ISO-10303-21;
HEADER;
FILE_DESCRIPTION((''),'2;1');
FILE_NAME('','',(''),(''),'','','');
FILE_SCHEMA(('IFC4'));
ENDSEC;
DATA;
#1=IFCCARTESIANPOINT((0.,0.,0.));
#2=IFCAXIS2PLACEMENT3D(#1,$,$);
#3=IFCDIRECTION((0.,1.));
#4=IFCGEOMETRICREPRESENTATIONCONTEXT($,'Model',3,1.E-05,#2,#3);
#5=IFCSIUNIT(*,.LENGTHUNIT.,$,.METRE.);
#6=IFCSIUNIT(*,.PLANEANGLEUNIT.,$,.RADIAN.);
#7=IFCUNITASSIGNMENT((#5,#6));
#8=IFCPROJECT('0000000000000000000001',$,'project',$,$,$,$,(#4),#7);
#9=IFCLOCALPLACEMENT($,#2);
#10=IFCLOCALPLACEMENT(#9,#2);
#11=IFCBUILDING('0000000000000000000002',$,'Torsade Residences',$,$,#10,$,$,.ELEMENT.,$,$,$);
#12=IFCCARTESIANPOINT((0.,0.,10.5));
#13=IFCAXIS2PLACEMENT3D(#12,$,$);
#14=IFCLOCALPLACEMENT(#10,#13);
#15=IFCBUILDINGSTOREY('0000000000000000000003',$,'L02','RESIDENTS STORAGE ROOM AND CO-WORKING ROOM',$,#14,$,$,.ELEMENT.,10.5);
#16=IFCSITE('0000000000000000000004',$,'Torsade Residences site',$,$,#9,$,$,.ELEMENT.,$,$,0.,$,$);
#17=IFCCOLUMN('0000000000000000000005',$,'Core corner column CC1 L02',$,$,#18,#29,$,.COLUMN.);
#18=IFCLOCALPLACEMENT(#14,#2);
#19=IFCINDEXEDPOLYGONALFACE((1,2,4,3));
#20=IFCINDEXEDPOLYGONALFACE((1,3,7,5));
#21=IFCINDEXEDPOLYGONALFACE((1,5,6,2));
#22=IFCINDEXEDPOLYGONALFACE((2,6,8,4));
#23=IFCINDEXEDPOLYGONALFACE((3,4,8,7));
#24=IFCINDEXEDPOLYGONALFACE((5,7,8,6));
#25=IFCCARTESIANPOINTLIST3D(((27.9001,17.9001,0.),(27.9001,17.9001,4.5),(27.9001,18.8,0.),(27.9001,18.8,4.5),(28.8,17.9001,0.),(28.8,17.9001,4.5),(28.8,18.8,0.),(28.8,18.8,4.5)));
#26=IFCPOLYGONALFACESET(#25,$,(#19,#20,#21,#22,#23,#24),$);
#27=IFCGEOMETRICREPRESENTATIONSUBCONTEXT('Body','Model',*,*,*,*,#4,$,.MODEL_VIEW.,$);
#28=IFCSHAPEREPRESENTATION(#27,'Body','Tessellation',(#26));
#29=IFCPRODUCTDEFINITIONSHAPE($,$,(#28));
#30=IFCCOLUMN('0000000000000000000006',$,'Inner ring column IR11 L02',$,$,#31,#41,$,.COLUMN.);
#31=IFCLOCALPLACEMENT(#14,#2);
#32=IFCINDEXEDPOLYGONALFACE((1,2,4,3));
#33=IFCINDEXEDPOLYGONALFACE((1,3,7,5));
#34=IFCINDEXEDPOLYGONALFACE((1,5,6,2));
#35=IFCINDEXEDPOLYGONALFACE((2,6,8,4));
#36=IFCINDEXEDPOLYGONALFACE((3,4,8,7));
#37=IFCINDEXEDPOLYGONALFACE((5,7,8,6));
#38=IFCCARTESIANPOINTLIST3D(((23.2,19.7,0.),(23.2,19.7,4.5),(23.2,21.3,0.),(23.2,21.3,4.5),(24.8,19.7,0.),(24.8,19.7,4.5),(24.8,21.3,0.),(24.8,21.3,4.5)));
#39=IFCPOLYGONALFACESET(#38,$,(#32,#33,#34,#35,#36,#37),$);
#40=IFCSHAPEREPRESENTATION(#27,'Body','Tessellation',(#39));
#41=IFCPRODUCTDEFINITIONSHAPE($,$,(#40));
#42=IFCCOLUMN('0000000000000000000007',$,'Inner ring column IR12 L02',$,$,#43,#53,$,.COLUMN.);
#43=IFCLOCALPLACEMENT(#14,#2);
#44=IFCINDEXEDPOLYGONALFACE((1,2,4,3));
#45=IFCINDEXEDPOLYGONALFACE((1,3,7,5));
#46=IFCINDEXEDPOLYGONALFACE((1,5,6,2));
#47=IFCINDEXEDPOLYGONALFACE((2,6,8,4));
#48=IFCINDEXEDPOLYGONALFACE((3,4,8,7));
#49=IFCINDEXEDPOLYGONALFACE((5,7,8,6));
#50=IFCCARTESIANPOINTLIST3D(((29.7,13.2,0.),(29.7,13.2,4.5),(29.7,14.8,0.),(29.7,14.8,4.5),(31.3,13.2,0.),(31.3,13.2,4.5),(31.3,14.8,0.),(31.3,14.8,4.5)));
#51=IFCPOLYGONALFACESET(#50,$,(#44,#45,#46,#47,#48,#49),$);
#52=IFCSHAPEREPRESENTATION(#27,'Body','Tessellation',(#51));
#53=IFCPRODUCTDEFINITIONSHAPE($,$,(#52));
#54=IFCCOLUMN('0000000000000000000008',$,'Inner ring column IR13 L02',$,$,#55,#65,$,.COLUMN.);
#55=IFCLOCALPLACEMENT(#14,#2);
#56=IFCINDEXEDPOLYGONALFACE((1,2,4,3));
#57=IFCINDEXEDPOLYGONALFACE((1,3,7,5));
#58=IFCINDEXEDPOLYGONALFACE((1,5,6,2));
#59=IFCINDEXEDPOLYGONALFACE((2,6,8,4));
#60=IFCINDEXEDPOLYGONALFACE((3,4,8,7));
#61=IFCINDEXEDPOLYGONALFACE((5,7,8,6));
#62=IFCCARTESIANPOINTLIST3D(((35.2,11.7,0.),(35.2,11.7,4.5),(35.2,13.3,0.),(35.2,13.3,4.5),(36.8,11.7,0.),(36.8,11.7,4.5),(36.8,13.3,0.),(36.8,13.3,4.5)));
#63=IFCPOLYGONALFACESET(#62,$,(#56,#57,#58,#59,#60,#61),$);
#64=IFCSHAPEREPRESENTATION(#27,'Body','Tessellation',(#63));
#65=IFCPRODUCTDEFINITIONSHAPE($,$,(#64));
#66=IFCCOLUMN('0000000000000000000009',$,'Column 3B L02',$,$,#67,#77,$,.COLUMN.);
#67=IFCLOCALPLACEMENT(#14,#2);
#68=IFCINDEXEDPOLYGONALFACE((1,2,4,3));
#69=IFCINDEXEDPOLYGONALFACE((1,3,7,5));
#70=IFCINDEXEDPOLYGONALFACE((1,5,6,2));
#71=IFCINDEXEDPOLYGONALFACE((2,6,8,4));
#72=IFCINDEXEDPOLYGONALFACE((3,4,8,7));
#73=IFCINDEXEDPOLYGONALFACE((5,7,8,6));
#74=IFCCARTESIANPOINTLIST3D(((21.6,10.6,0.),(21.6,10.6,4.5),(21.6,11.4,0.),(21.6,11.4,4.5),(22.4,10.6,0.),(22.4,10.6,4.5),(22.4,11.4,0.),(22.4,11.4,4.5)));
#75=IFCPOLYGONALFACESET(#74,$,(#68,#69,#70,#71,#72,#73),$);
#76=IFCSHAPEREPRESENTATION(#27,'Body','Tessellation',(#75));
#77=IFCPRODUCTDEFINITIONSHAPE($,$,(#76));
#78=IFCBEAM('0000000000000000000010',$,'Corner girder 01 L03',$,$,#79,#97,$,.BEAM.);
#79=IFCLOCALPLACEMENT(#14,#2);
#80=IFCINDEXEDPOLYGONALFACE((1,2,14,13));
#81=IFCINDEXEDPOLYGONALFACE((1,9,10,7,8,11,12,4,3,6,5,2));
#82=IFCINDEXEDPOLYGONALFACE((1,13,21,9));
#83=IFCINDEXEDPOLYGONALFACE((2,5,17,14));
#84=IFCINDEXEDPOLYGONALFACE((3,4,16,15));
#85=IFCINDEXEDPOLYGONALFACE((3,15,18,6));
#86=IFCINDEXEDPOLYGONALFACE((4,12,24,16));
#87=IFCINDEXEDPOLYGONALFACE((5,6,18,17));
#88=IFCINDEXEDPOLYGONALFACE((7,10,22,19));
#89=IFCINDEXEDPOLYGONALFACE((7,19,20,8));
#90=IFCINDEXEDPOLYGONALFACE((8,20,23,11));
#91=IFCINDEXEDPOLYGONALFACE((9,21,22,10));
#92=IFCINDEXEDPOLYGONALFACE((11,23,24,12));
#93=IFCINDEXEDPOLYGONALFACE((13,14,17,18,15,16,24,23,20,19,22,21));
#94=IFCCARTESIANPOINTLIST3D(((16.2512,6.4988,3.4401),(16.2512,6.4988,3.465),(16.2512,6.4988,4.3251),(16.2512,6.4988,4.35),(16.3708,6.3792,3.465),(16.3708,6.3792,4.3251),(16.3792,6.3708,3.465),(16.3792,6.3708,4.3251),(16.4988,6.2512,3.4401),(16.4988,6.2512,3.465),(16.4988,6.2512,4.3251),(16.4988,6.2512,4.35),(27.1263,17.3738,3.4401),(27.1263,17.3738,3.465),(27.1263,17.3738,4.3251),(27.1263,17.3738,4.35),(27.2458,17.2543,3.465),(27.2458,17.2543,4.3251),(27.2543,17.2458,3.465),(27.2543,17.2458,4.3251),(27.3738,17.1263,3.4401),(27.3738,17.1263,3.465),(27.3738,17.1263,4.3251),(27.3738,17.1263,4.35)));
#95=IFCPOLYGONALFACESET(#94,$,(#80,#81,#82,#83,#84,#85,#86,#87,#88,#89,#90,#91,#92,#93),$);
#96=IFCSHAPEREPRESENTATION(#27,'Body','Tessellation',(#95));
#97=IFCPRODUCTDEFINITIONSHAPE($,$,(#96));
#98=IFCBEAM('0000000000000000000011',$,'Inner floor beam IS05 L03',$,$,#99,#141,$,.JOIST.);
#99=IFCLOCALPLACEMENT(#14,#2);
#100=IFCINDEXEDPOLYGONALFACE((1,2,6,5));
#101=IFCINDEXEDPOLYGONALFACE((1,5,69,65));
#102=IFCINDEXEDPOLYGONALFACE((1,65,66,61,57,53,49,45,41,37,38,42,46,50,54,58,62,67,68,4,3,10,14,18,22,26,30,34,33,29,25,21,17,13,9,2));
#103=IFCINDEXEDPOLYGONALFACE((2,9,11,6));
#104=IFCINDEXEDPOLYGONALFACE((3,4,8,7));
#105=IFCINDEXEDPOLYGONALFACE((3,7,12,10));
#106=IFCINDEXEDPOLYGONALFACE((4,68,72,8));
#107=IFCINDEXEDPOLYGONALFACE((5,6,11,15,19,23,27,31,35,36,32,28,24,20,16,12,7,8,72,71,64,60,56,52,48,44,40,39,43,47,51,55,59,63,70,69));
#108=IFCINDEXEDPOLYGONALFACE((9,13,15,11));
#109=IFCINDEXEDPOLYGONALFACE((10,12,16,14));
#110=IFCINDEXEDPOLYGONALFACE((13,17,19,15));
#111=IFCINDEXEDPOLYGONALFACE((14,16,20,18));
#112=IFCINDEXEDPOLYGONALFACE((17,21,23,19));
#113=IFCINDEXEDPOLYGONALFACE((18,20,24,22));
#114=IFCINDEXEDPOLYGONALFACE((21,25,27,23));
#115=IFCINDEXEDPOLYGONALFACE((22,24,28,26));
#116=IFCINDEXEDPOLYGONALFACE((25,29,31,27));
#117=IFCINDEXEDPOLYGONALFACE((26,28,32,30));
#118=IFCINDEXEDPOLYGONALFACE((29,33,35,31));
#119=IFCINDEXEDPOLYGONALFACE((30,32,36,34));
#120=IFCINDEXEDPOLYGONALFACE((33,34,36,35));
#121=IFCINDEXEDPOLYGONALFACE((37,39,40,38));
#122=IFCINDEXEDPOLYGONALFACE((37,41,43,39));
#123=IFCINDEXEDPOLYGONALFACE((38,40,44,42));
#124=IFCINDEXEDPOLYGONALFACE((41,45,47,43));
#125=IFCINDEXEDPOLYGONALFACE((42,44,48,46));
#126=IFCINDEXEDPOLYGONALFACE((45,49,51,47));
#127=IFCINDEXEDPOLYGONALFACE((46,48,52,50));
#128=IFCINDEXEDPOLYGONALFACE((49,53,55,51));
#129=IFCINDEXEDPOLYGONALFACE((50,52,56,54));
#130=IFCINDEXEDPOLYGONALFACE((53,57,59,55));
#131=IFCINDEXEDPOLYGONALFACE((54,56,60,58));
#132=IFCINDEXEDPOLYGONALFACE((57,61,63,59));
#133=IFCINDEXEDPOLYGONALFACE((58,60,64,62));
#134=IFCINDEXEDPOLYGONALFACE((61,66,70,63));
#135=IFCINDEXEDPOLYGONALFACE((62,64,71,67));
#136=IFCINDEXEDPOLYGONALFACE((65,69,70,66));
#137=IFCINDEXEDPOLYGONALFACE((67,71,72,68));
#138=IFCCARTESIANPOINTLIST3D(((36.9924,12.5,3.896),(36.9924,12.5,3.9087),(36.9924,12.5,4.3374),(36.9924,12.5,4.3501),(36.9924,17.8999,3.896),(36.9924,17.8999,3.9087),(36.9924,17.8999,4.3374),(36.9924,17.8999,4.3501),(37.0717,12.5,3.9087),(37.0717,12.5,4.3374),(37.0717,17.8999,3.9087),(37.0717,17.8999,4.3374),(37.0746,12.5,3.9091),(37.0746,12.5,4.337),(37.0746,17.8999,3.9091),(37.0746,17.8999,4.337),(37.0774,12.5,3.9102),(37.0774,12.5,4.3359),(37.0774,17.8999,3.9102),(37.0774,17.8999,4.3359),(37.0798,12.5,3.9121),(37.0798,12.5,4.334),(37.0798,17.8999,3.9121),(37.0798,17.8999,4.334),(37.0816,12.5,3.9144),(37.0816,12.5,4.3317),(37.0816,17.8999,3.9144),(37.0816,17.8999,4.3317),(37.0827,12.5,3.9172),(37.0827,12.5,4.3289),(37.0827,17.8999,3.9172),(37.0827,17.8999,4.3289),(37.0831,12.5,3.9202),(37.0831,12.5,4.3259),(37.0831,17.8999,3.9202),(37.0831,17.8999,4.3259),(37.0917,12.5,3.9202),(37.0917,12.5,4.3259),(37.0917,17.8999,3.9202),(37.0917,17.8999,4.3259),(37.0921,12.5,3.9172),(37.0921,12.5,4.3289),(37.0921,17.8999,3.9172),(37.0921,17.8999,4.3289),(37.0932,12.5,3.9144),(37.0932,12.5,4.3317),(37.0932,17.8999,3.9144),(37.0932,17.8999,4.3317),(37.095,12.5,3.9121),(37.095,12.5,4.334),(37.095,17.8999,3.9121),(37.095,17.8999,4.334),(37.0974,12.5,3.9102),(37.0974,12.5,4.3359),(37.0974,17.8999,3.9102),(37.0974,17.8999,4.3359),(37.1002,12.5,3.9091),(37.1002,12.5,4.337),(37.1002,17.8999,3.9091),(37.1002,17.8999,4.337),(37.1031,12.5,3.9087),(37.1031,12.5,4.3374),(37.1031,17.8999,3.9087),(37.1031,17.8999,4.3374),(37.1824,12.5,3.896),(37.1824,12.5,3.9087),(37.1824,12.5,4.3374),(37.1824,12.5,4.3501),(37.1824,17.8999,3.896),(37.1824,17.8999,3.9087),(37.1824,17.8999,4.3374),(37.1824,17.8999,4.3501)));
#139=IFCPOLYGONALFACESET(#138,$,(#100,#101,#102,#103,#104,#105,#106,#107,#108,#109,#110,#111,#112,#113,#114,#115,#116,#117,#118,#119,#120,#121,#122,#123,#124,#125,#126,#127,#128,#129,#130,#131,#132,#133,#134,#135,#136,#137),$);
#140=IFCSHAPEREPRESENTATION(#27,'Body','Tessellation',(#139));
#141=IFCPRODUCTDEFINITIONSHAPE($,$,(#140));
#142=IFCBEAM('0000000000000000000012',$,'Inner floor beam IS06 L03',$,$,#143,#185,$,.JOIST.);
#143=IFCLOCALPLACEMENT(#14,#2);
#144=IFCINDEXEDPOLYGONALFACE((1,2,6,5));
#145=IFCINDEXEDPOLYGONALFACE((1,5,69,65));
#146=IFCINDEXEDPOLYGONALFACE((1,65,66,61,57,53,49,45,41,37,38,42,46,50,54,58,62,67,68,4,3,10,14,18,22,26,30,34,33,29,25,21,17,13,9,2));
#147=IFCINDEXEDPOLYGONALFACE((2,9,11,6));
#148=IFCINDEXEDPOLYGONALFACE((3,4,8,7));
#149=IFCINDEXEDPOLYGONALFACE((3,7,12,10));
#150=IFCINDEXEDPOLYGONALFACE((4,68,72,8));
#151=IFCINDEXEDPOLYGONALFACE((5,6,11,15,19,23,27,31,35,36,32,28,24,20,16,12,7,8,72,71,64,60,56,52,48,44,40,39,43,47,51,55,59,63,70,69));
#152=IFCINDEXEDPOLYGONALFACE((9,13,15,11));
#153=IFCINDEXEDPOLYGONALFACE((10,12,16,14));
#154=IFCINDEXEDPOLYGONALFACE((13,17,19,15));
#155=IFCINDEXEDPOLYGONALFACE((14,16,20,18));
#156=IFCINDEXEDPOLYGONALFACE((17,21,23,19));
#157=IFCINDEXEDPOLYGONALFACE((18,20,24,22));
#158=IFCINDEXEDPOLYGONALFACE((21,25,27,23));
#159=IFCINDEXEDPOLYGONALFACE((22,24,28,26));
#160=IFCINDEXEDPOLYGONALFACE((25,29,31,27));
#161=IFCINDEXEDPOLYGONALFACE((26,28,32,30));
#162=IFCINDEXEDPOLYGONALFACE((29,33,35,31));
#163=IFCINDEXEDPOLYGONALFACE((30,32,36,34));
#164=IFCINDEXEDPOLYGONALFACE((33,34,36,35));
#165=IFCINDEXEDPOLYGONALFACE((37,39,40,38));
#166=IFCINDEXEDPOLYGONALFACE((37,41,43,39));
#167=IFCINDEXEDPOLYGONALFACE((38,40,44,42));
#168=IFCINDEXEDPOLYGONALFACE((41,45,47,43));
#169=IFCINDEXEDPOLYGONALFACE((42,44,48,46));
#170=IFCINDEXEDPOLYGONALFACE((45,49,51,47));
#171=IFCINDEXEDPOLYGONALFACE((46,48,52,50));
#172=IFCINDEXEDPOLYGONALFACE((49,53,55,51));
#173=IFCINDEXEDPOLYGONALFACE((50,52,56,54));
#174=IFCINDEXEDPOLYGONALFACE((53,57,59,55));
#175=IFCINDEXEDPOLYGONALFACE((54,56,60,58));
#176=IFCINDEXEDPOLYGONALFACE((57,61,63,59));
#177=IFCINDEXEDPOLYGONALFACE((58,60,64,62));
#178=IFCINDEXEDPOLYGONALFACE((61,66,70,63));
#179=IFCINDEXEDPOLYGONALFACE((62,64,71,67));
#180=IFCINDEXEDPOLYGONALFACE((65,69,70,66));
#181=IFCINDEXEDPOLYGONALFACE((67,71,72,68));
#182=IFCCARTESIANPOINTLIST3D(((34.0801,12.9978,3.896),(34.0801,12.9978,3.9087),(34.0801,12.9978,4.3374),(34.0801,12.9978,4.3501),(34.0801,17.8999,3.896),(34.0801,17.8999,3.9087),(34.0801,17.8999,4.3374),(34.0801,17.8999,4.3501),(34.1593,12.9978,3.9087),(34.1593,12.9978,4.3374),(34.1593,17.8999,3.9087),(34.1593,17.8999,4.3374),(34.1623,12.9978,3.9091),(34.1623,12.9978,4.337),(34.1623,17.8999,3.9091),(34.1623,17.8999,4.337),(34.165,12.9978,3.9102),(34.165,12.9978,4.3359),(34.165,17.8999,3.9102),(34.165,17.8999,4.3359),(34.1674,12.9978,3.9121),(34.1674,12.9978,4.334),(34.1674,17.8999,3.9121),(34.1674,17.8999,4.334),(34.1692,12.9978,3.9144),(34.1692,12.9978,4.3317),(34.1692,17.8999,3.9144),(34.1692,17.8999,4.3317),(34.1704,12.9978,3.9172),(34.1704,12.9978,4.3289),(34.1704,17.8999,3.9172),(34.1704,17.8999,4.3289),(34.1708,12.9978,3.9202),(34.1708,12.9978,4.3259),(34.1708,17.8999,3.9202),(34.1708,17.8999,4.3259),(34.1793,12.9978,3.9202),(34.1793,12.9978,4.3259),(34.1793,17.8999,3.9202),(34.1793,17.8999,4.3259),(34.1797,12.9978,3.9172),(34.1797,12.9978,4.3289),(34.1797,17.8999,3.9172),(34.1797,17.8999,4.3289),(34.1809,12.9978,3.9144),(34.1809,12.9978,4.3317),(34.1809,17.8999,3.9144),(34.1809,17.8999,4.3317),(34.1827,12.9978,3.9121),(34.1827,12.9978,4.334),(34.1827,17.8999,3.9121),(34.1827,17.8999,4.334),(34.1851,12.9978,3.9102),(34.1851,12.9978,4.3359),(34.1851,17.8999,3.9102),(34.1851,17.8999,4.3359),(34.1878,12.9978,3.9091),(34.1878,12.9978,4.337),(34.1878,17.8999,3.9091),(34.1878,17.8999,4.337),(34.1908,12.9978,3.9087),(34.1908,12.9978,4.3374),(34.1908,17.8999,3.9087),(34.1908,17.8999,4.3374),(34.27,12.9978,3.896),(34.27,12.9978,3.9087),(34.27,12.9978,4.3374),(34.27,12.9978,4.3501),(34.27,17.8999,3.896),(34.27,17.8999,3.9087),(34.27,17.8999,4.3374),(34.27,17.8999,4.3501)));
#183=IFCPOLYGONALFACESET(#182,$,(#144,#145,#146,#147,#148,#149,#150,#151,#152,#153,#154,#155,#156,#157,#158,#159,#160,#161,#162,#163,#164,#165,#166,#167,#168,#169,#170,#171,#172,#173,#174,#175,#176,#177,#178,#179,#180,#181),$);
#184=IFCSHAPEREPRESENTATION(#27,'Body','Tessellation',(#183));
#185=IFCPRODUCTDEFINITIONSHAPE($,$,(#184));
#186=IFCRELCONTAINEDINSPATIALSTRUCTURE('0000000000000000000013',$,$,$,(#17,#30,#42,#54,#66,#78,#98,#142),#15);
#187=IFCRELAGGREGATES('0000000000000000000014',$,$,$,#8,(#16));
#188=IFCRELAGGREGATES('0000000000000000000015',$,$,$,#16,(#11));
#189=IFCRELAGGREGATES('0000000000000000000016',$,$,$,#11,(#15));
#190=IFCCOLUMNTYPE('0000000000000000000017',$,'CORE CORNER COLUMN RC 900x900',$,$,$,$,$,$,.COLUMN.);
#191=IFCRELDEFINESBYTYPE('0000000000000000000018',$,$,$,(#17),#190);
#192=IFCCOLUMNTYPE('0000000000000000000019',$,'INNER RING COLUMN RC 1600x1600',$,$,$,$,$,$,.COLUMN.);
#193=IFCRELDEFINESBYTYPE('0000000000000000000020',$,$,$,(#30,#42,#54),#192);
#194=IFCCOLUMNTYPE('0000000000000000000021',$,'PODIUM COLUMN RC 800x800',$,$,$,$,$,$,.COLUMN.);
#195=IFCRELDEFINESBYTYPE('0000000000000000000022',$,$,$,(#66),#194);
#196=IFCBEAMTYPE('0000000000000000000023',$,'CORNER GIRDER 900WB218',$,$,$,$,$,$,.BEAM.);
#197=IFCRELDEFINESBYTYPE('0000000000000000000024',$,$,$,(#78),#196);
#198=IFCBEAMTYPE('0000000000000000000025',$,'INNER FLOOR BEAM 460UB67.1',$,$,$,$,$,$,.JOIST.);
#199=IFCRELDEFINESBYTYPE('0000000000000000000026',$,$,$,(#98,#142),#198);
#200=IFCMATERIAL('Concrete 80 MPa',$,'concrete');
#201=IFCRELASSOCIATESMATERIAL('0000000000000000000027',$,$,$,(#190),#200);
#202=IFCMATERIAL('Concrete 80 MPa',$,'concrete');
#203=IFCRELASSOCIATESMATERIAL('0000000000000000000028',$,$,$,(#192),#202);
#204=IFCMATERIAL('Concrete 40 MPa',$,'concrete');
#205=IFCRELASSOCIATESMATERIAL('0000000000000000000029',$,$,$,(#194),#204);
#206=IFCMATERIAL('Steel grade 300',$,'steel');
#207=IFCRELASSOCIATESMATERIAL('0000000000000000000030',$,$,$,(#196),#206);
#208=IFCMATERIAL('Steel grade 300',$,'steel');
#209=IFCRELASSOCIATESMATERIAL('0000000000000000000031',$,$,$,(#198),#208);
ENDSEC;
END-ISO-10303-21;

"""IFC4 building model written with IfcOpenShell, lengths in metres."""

from ifc_helpers import new_model, si_unit, direction, frame, origin, origin_2d, place, context, subcontext, project, spatial, rectangle, i_section, extrude, material, material_profile, profile_set, type_object, element, save


model = new_model("IFC4")

# Units and contexts
model_context = context("Model", 3, precision=1e-05, world=origin(), true_north=direction((0.0, 1.0)))
body_context = subcontext(model_context, "Body", "Model", "MODEL_VIEW")
ifc_project = project(units=[si_unit("LENGTHUNIT", "METRE"), si_unit("PLANEANGLEUNIT", "RADIAN")], contexts=[model_context])

# Site, building, storey
site_placement = place(None, origin())
site = spatial("IfcSite", under=ifc_project, at=site_placement, Name="Torsade Residences site", CompositionType="ELEMENT", RefElevation=0.0)
building_placement = place(site_placement, origin())
building = spatial("IfcBuilding", under=site, at=building_placement, Name="Torsade Residences", CompositionType="ELEMENT")
storey_placement = place(building_placement, frame((0.0, 0.0, 10.5)))
storey = spatial("IfcBuildingStorey", under=building, at=storey_placement, Name="L02", Description="RESIDENTS STORAGE ROOM AND CO-WORKING ROOM", CompositionType="ELEMENT", Elevation=10.5)

# Columns
ifc_material_1 = material(Name="Concrete 80 MPa", Category="concrete")
ifc_material_profile_1 = material_profile(ifc_material_1, rectangle(XDim=0.8999, YDim=0.8999, at=origin_2d()), Name="RC 900x900")
ifc_profile_set_1 = profile_set([ifc_material_profile_1], Name="Concrete 80 MPa")
column_type_1 = type_object("IfcColumnType", Name="CORE CORNER COLUMN RC 900x900", PredefinedType="COLUMN", material=ifc_profile_set_1)
column_1_placement = place(storey_placement, frame((28.3501, 18.3501, 0.0), z_axis=(0.0, 0.0, 1.0), x_axis=(1.0, 0.0, 0.0)))
element("IfcColumn", 1, at=column_1_placement, inside=storey, type_object=column_type_1, Name="Core corner column CC1 L02", PredefinedType="COLUMN", context=body_context, shape_type="SweptSolid", body=[
    extrude(rectangle(XDim=0.8999, YDim=0.8999, at=origin_2d()), origin(), (0.0, 0.0, 1.0), 4.5),
])
ifc_material_2 = material(Name="Concrete 80 MPa", Category="concrete")
ifc_material_profile_2 = material_profile(ifc_material_2, rectangle(XDim=1.6001, YDim=1.6001, at=origin_2d()), Name="RC 1600x1600")
ifc_profile_set_2 = profile_set([ifc_material_profile_2], Name="Concrete 80 MPa")
column_type_2 = type_object("IfcColumnType", Name="INNER RING COLUMN RC 1600x1600", PredefinedType="COLUMN", material=ifc_profile_set_2)
for number, where, z_axis, x_axis, name in (
    (2, (24.0, 20.5, 0.0), (0.0, 0.0, 1.0), (1.0, 0.0, 0.0), "Inner ring column IR11 L02"),
    (3, (30.5, 14.0, 0.0), (0.0, 0.0, 1.0), (1.0, 0.0, 0.0), "Inner ring column IR12 L02"),
    (4, (36.0, 12.5, 0.0), (0.0, 0.0, 1.0), (1.0, 0.0, 0.0), "Inner ring column IR13 L02"),
):
    element("IfcColumn", number, at=place(storey_placement, frame(where, z_axis=z_axis, x_axis=x_axis)), inside=storey, type_object=column_type_2, Name=name, PredefinedType="COLUMN", context=body_context, shape_type="SweptSolid", body=[
        extrude(rectangle(XDim=1.6001, YDim=1.6001, at=origin_2d()), origin(), (0.0, 0.0, 1.0), 4.5),
    ])
ifc_material_3 = material(Name="Concrete 40 MPa", Category="concrete")
ifc_material_profile_3 = material_profile(ifc_material_3, rectangle(XDim=0.8, YDim=0.8, at=origin_2d()), Name="RC 800x800")
ifc_profile_set_3 = profile_set([ifc_material_profile_3], Name="Concrete 40 MPa")
column_type_3 = type_object("IfcColumnType", Name="PODIUM COLUMN RC 800x800", PredefinedType="COLUMN", material=ifc_profile_set_3)
column_2_placement = place(storey_placement, frame((22.0, 11.0, 0.0), z_axis=(0.0, 0.0, 1.0), x_axis=(1.0, 0.0, 0.0)))
element("IfcColumn", 5, at=column_2_placement, inside=storey, type_object=column_type_3, Name="Column 3B L02", PredefinedType="COLUMN", context=body_context, shape_type="SweptSolid", body=[
    extrude(rectangle(XDim=0.8, YDim=0.8, at=origin_2d()), origin(), (0.0, 0.0, 1.0), 4.5),
])

# Beams
ifc_material_4 = material(Name="Steel grade 300", Category="steel")
ifc_material_profile_4 = material_profile(ifc_material_4, i_section(OverallWidth=0.3501, OverallDepth=0.9099, WebThickness=0.012, FlangeThickness=0.0249, at=origin_2d()), Name="900WB218")
ifc_profile_set_4 = profile_set([ifc_material_profile_4], Name="Steel grade 300")
beam_type_1 = type_object("IfcBeamType", Name="CORNER GIRDER 900WB218", PredefinedType="BEAM", material=ifc_profile_set_4)
beam_1_placement = place(storey_placement, frame((16.375, 6.375, 3.895), z_axis=(0.707107, 0.707107, 0.0), x_axis=(-0.707107, 0.707107, 0.0)))
element("IfcBeam", 6, at=beam_1_placement, inside=storey, type_object=beam_type_1, Name="Corner girder 01 L03", PredefinedType="BEAM", context=body_context, shape_type="SweptSolid", body=[
    extrude(i_section(OverallWidth=0.3501, OverallDepth=0.9099, WebThickness=0.012, FlangeThickness=0.0249, at=origin_2d()), origin(), (0.0, 0.0, 1.0), 15.3796),
])
ifc_material_5 = material(Name="Steel grade 300", Category="steel")
ifc_material_profile_5 = material_profile(ifc_material_5, i_section(OverallWidth=0.1899, OverallDepth=0.4541, WebThickness=0.0085, FlangeThickness=0.0127, FilletRadius=0.0115, at=origin_2d()), Name="460UB67.1")
ifc_profile_set_5 = profile_set([ifc_material_profile_5], Name="Steel grade 300")
beam_type_2 = type_object("IfcBeamType", Name="INNER FLOOR BEAM 460UB67.1", PredefinedType="JOIST", material=ifc_profile_set_5)
beam_2_placement = place(storey_placement, frame((37.0874, 17.8999, 4.123), z_axis=(0.0, -1.0, 0.0), x_axis=(1.0, 0.0, 0.0)))
element("IfcBeam", 7, at=beam_2_placement, inside=storey, type_object=beam_type_2, Name="Inner floor beam IS05 L03", PredefinedType="JOIST", context=body_context, shape_type="SweptSolid", body=[
    extrude(i_section(OverallWidth=0.1899, OverallDepth=0.4541, WebThickness=0.0085, FlangeThickness=0.0127, FilletRadius=0.0115, at=origin_2d()), origin(), (0.0, 0.0, 1.0), 5.3999),
])
beam_3_placement = place(storey_placement, frame((34.175, 17.8999, 4.123), z_axis=(0.0, -1.0, 0.0), x_axis=(1.0, 0.0, 0.0)))
element("IfcBeam", 8, at=beam_3_placement, inside=storey, type_object=beam_type_2, Name="Inner floor beam IS06 L03", PredefinedType="JOIST", context=body_context, shape_type="SweptSolid", body=[
    extrude(i_section(OverallWidth=0.1899, OverallDepth=0.4541, WebThickness=0.0085, FlangeThickness=0.0127, FilletRadius=0.0115, at=origin_2d()), origin(), (0.0, 0.0, 1.0), 4.9021),
])

save(model, "model.ifc")
